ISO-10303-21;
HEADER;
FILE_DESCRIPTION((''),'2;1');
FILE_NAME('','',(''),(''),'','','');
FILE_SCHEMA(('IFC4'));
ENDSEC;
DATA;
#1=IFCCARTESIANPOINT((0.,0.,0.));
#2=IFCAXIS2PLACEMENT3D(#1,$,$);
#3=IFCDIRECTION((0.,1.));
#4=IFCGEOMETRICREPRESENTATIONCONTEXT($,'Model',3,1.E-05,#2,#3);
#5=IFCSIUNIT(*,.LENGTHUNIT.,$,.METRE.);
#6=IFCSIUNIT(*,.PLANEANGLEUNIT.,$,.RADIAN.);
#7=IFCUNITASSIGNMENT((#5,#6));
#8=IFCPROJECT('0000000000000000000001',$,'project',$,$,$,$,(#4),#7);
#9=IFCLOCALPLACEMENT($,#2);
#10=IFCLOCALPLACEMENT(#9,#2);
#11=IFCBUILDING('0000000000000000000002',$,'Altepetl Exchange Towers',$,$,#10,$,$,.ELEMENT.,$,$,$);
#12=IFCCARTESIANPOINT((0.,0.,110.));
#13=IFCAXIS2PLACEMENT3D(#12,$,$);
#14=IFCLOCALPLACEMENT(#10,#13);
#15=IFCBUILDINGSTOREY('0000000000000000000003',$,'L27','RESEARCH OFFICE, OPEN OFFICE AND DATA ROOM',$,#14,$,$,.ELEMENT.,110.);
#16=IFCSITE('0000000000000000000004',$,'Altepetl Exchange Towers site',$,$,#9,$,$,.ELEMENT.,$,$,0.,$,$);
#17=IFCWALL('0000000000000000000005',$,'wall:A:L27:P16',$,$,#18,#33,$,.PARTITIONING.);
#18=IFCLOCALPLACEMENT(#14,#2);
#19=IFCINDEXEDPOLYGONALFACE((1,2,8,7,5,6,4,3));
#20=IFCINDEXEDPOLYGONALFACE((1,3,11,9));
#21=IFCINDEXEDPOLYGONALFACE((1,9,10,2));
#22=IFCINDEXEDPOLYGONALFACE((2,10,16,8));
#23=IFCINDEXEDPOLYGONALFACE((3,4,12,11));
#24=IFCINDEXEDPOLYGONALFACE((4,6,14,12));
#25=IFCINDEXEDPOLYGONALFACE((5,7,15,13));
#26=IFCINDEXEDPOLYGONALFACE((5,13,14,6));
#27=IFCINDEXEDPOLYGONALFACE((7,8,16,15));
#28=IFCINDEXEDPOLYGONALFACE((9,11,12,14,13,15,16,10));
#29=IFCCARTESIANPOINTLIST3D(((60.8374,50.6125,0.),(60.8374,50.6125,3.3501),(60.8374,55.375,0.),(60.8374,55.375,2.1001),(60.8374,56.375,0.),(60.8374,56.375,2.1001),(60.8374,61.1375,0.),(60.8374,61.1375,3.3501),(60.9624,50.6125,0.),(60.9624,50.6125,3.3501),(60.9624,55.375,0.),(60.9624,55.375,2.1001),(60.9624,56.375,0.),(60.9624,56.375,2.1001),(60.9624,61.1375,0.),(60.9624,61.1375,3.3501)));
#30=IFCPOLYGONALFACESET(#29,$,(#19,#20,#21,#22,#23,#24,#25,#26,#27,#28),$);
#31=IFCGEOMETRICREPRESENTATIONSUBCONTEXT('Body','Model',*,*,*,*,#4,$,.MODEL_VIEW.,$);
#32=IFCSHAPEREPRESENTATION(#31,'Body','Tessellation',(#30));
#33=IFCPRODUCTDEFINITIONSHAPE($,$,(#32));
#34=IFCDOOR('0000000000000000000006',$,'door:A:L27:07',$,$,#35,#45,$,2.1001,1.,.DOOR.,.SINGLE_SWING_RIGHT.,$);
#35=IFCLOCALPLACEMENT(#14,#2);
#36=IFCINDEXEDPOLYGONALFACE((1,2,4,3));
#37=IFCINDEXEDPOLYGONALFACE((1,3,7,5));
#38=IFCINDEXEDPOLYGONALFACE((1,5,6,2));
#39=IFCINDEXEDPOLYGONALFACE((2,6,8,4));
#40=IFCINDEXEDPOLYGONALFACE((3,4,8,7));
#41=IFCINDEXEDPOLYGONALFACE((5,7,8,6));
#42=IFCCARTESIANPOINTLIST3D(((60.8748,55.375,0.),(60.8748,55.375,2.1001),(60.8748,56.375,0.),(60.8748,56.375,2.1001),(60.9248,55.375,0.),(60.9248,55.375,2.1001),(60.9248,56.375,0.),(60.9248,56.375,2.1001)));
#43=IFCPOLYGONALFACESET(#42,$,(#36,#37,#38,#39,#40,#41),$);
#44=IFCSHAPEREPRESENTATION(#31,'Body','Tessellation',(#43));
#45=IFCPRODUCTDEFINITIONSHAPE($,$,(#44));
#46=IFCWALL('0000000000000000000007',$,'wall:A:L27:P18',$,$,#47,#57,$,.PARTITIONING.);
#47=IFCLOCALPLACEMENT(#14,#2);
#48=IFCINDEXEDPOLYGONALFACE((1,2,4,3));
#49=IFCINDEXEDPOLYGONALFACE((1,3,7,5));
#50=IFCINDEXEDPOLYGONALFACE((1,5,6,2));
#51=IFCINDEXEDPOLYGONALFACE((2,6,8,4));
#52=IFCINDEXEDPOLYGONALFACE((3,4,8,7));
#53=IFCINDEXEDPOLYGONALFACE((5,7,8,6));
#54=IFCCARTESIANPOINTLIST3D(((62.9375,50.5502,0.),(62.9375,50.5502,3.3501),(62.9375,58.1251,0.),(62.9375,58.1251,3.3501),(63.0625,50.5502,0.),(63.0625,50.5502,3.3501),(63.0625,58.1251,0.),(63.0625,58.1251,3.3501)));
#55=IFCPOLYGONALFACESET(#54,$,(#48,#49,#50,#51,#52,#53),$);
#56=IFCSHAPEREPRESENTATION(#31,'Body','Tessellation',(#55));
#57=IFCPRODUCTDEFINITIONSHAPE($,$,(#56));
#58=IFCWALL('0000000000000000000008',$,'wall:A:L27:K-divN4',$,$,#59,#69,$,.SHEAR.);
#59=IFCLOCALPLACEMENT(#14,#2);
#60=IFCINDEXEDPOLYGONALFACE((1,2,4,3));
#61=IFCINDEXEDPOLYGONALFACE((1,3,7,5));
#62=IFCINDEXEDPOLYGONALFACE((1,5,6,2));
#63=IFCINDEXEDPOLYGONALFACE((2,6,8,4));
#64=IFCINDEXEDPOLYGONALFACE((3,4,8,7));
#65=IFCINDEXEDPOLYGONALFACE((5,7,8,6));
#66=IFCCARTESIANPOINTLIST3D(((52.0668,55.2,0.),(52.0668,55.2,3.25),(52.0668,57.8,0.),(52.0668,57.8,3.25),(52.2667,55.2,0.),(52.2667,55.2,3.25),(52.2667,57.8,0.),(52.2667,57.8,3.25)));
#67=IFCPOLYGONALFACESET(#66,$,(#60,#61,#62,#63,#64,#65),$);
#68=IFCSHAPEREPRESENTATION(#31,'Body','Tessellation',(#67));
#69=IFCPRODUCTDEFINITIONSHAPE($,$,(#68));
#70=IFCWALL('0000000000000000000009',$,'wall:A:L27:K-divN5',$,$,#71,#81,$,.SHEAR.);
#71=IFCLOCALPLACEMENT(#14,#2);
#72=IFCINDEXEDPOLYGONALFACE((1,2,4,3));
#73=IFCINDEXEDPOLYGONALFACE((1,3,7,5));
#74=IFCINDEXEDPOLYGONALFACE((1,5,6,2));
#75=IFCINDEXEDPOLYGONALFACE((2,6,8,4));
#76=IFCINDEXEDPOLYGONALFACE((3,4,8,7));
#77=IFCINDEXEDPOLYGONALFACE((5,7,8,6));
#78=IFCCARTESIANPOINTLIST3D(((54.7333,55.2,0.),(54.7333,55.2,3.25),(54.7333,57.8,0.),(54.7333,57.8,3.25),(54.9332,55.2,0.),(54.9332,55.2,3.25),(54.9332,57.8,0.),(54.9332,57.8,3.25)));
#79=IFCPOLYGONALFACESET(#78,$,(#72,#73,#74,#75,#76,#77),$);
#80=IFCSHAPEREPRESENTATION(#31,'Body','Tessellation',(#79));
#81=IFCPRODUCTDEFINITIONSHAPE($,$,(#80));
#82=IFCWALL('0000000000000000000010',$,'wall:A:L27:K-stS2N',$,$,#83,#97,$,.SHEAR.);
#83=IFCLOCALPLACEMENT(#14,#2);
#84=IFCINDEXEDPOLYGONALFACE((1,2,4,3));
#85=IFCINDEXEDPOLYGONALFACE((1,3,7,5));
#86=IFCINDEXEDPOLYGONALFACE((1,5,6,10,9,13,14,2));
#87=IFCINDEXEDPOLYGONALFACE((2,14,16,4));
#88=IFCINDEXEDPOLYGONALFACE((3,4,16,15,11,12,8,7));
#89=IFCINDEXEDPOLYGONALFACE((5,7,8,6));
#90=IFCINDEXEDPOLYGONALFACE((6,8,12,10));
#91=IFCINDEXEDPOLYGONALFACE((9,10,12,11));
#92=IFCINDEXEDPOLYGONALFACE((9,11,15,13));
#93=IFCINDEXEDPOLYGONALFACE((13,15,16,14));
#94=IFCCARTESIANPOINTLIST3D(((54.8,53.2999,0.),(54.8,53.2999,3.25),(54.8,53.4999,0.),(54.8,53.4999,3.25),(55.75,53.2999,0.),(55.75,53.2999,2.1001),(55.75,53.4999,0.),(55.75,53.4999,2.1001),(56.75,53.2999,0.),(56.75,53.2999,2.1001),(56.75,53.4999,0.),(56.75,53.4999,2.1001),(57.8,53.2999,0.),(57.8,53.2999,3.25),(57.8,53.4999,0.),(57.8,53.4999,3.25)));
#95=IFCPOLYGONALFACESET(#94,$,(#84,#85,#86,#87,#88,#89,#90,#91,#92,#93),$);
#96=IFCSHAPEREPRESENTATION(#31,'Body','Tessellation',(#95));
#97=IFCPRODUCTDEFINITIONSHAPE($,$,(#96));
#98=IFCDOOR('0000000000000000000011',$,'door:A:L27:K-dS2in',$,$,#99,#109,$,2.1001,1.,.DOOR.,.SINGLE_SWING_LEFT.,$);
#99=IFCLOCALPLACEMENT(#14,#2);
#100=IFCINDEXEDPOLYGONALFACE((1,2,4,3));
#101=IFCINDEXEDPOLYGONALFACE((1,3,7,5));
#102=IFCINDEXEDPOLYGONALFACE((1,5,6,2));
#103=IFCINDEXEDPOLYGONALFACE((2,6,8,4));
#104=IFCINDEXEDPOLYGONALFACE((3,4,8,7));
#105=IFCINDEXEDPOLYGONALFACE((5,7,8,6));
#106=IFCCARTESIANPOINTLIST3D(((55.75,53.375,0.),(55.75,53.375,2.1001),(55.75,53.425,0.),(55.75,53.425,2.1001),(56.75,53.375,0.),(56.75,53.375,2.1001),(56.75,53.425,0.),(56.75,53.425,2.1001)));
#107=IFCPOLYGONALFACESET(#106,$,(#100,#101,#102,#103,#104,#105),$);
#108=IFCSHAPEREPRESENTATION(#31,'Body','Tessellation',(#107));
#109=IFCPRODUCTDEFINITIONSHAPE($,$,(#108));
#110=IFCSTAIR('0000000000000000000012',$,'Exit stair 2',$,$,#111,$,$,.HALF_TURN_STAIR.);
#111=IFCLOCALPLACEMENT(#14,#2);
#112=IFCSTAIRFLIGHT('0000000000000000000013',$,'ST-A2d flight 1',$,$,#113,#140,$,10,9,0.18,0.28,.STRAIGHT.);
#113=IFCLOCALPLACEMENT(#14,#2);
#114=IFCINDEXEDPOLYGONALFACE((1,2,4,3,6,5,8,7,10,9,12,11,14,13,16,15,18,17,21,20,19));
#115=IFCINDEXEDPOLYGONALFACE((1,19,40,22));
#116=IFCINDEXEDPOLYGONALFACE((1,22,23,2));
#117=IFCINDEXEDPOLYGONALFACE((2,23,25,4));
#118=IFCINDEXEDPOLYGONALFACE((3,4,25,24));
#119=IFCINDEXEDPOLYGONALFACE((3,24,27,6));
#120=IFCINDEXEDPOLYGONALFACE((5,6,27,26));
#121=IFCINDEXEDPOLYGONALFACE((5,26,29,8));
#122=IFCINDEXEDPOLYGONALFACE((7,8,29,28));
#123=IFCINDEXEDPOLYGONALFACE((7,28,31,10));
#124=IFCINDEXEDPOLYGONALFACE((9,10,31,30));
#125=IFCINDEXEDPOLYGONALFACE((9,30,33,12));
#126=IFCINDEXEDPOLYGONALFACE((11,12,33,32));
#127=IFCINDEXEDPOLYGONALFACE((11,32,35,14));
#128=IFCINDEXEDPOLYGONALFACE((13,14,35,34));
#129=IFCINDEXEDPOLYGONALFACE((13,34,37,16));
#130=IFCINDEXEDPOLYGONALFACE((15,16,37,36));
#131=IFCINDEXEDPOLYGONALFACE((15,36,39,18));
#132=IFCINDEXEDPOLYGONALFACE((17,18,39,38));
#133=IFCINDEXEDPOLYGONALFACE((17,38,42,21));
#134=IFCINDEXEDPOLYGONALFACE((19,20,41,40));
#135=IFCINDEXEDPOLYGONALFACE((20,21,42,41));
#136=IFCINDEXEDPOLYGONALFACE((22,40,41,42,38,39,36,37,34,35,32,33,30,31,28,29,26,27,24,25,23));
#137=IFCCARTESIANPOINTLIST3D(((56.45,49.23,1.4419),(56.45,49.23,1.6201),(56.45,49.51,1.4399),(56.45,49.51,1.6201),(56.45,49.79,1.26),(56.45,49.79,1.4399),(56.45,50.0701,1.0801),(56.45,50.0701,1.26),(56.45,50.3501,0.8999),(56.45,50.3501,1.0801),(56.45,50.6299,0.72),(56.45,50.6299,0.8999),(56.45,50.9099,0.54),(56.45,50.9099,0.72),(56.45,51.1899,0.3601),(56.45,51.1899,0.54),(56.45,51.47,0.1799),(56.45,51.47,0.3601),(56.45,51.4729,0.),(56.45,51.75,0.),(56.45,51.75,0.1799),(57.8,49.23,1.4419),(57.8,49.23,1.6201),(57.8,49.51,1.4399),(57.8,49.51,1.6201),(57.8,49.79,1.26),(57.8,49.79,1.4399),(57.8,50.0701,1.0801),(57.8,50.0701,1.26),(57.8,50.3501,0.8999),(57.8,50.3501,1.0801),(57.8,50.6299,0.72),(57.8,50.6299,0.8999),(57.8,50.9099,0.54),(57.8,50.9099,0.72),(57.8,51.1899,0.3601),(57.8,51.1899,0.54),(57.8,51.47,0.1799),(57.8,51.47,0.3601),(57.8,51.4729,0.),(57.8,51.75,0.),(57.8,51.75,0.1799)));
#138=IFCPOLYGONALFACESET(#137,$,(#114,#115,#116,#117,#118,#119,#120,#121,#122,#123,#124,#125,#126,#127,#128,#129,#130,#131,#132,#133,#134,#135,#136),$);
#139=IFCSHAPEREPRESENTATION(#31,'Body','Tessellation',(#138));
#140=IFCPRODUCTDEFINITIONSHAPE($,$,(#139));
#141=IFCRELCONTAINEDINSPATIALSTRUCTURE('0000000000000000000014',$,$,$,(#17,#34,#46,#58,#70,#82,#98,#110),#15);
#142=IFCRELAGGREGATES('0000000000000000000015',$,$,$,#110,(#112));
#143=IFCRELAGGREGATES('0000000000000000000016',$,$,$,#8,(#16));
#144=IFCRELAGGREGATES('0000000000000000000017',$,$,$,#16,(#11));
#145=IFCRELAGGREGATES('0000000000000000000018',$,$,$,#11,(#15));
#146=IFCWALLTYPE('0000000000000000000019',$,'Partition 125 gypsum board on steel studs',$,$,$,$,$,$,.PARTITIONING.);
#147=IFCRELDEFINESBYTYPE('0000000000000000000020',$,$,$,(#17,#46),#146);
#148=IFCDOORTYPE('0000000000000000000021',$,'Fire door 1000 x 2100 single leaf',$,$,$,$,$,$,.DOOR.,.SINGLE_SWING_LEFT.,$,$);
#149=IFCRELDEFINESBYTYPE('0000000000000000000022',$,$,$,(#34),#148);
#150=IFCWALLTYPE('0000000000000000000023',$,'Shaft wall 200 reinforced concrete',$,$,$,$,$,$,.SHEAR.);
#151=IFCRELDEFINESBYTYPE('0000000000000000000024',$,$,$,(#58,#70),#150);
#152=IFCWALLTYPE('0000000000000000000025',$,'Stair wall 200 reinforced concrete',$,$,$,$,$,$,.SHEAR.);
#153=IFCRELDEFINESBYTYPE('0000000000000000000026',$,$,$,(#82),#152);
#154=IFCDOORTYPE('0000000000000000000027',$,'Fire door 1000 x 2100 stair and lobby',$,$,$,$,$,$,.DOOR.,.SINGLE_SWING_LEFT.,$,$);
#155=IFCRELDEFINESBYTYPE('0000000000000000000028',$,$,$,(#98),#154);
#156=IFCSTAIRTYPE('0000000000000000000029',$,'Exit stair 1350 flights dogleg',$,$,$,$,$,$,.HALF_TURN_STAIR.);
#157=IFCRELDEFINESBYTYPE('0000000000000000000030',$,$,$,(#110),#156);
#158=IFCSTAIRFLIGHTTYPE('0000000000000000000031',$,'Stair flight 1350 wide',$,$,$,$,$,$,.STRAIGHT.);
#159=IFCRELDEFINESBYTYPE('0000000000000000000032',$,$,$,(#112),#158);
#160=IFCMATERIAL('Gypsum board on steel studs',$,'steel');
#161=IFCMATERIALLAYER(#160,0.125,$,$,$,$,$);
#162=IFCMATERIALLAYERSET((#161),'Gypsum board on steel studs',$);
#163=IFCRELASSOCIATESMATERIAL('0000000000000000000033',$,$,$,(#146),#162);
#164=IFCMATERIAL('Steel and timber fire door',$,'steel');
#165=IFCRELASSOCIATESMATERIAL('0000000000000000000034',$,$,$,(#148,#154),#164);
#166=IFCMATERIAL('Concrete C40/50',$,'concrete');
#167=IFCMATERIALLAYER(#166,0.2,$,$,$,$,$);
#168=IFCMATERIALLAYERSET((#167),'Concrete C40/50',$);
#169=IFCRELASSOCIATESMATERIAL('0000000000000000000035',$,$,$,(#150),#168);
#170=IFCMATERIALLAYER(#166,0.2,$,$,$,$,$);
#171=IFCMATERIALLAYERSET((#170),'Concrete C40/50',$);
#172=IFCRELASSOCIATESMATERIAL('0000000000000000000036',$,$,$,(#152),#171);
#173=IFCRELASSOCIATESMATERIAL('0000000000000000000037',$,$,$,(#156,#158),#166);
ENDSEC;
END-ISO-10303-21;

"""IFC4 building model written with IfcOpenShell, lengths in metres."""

from ifc_helpers import new_model, si_unit, direction, frame, frame_2d, origin, place, context, subcontext, project, spatial, polyline, rectangle, outline, extrude, material, layer, layer_set, type_object, element, fill, aggregate, save


model = new_model("IFC4")

# Units and contexts
model_context = context("Model", 3, precision=1e-05, world=origin(), true_north=direction((0.0, 1.0)))
body_context = subcontext(model_context, "Body", "Model", "MODEL_VIEW")
ifc_project = project(units=[si_unit("LENGTHUNIT", "METRE"), si_unit("PLANEANGLEUNIT", "RADIAN")], contexts=[model_context])

# Site, building, storey
site_placement = place(None, origin())
site = spatial("IfcSite", under=ifc_project, at=site_placement, Name="Altepetl Exchange Towers site", CompositionType="ELEMENT", RefElevation=0.0)
building_placement = place(site_placement, origin())
building = spatial("IfcBuilding", under=site, at=building_placement, Name="Altepetl Exchange Towers", CompositionType="ELEMENT")
storey_placement = place(building_placement, frame((0.0, 0.0, 110.0)))
storey = spatial("IfcBuildingStorey", under=building, at=storey_placement, Name="L27", Description="RESEARCH OFFICE, OPEN OFFICE AND DATA ROOM", CompositionType="ELEMENT", Elevation=110.0)

# Wall, opening, door
ifc_material_1 = material(Name="Gypsum board on steel studs", Category="steel")
ifc_layer_1 = layer(ifc_material_1, 0.125)
ifc_layer_set_1 = layer_set([ifc_layer_1], Name="Gypsum board on steel studs")
wall_type_1 = type_object("IfcWallType", Name="Partition 125 gypsum board on steel studs", PredefinedType="PARTITIONING", material=ifc_layer_set_1)
ifc_material_2 = material(Name="Steel and timber fire door", Category="steel")
wall_1_placement = place(storey_placement, frame((60.8999, 50.6125, 0.0), z_axis=(0.0, 0.0, 1.0), x_axis=(0.0, 1.0, 0.0)))
wall_1 = element("IfcWall", 1, at=wall_1_placement, inside=storey, type_object=wall_type_1, Name="wall:A:L27:P16", PredefinedType="PARTITIONING", context=body_context, shape_type="SweptSolid", body=[
    extrude(rectangle(XDim=10.5249, YDim=0.125, at=frame_2d((5.2625, 0.0))), origin(), (0.0, 0.0, 1.0), 3.3501),
])
opening_1_placement = place(wall_1_placement, frame((4.7625, 0.0, 0.0)))
opening_1 = element("IfcOpeningElement", 2, at=opening_1_placement, cuts=wall_1, PredefinedType="OPENING", context=body_context, shape_type="SweptSolid", body=[
    extrude(rectangle(XDim=1.0, YDim=2.1001, at=frame_2d((0.5, 1.05))), frame((0.0, 0.0725, 0.0), z_axis=(0.0, -1.0, 0.0), x_axis=(1.0, 0.0, 0.0)), (0.0, 0.0, 1.0), 0.145),
])
door_type_1 = type_object("IfcDoorType", Name="Fire door 1000 x 2100 single leaf", OperationType="SINGLE_SWING_LEFT", PredefinedType="DOOR", material=ifc_material_2)
door_1_placement = place(opening_1_placement, frame((1.0, 0.0, 0.0), x_axis=(-1.0, 0.0, 0.0)))
door_1 = element("IfcDoor", 3, at=door_1_placement, inside=storey, type_object=door_type_1, Name="door:A:L27:07", OperationType="SINGLE_SWING_RIGHT", OverallHeight=2.1001, OverallWidth=1.0, PredefinedType="DOOR", context=body_context, shape_type="SweptSolid", body=[
    extrude(rectangle(XDim=1.0, YDim=2.1001, at=frame_2d((0.5, 1.05))), frame((0.0, 0.0249, 0.0), z_axis=(0.0, -1.0, 0.0), x_axis=(1.0, 0.0, 0.0)), (0.0, 0.0, 1.0), 0.05),
])
fill(opening_1, door_1)

# Walls
wall_2_placement = place(storey_placement, frame((63.0, 50.55, 0.0), z_axis=(0.0, 0.0, 1.0), x_axis=(0.0, 1.0, 0.0)))
element("IfcWall", 4, at=wall_2_placement, inside=storey, type_object=wall_type_1, Name="wall:A:L27:P18", PredefinedType="PARTITIONING", context=body_context, shape_type="SweptSolid", body=[
    extrude(rectangle(XDim=7.575, YDim=0.125, at=frame_2d((3.7876, 0.0))), origin(), (0.0, 0.0, 1.0), 3.3501),
])
ifc_material_3 = material(Name="Concrete C40/50", Category="concrete")
ifc_layer_2 = layer(ifc_material_3, 0.2)
ifc_layer_set_2 = layer_set([ifc_layer_2], Name="Concrete C40/50")
wall_type_2 = type_object("IfcWallType", Name="Shaft wall 200 reinforced concrete", PredefinedType="SHEAR", material=ifc_layer_set_2)
for number, where, z_axis, x_axis, name in (
    (5, (52.1667, 57.8, 0.0), (0.0, 0.0, 1.0), (0.0, -1.0, 0.0), "wall:A:L27:K-divN4"),
    (6, (54.8333, 57.8, 0.0), (0.0, 0.0, 1.0), (0.0, -1.0, 0.0), "wall:A:L27:K-divN5"),
):
    element("IfcWall", number, at=place(storey_placement, frame(where, z_axis=z_axis, x_axis=x_axis)), inside=storey, type_object=wall_type_2, Name=name, PredefinedType="SHEAR", context=body_context, shape_type="SweptSolid", body=[
        extrude(rectangle(XDim=2.6001, YDim=0.2, at=frame_2d((1.3, 0.0))), origin(), (0.0, 0.0, 1.0), 3.25),
    ])

# Wall, opening, door
ifc_layer_3 = layer(ifc_material_3, 0.2)
ifc_layer_set_3 = layer_set([ifc_layer_3], Name="Concrete C40/50")
wall_type_3 = type_object("IfcWallType", Name="Stair wall 200 reinforced concrete", PredefinedType="SHEAR", material=ifc_layer_set_3)
wall_3_placement = place(storey_placement, frame((54.8, 53.3999, 0.0)))
wall_3 = element("IfcWall", 7, at=wall_3_placement, inside=storey, type_object=wall_type_3, Name="wall:A:L27:K-stS2N", PredefinedType="SHEAR", context=body_context, shape_type="SweptSolid", body=[
    extrude(rectangle(XDim=3.0, YDim=0.2, at=frame_2d((1.5, 0.0))), origin(), (0.0, 0.0, 1.0), 3.25),
])
opening_2_placement = place(wall_3_placement, frame((0.95, 0.0, 0.0)))
opening_2 = element("IfcOpeningElement", 8, at=opening_2_placement, cuts=wall_3, PredefinedType="OPENING", context=body_context, shape_type="SweptSolid", body=[
    extrude(rectangle(XDim=1.0, YDim=2.1001, at=frame_2d((0.5, 1.05))), frame((0.0, 0.1099, 0.0), z_axis=(0.0, -1.0, 0.0), x_axis=(1.0, 0.0, 0.0)), (0.0, 0.0, 1.0), 0.22),
])
door_type_2 = type_object("IfcDoorType", Name="Fire door 1000 x 2100 stair and lobby", OperationType="SINGLE_SWING_LEFT", PredefinedType="DOOR", material=ifc_material_2)
door_2_placement = place(opening_2_placement, frame((1.0, 0.0, 0.0), x_axis=(-1.0, 0.0, 0.0)))
door_2 = element("IfcDoor", 9, at=door_2_placement, inside=storey, type_object=door_type_2, Name="door:A:L27:K-dS2in", OperationType="SINGLE_SWING_LEFT", OverallHeight=2.1001, OverallWidth=1.0, PredefinedType="DOOR", context=body_context, shape_type="SweptSolid", body=[
    extrude(rectangle(XDim=1.0, YDim=2.1001, at=frame_2d((0.5, 1.05))), frame((0.0, 0.0249, 0.0), z_axis=(0.0, -1.0, 0.0), x_axis=(1.0, 0.0, 0.0)), (0.0, 0.0, 1.0), 0.05),
])
fill(opening_2, door_2)

# Stair, stair flight
stair_type = type_object("IfcStairType", Name="Exit stair 1350 flights dogleg", PredefinedType="HALF_TURN_STAIR", material=ifc_material_3)
stair_placement = place(storey_placement, origin())
stair = element("IfcStair", 10, at=stair_placement, inside=storey, type_object=stair_type, Name="Exit stair 2", PredefinedType="HALF_TURN_STAIR")
stair_flight_type = type_object("IfcStairFlightType", Name="Stair flight 1350 wide", PredefinedType="STRAIGHT", material=ifc_material_3)
stair_flight_placement = place(storey_placement, frame((57.125, 51.75, 0.0), z_axis=(0.0, 0.0, 1.0), x_axis=(0.0, -1.0, 0.0)))
stair_flight = element("IfcStairFlight", 11, at=stair_flight_placement, type_object=stair_flight_type, Name="ST-A2d flight 1", NumberOfRisers=10, NumberOfTreads=9, PredefinedType="STRAIGHT", RiserHeight=0.18, TreadLength=0.28, context=body_context, shape_type="SweptSolid", body=[
    extrude(outline(polyline([(0.0, 0.0), (0.0, 0.1799), (0.28, 0.1799), (0.28, 0.3601), (0.5601, 0.3601), (0.5601, 0.54), (0.8401, 0.54), (0.8401, 0.72), (1.1201, 0.72), (1.1201, 0.8999), (1.3999, 0.8999), (1.3999, 1.0801), (1.6799, 1.0801), (1.6799, 1.26), (1.96, 1.26), (1.96, 1.4399), (2.24, 1.4399), (2.24, 1.6201), (2.52, 1.6201), (2.52, 1.8), (2.52, 1.4419), (0.2771, 0.0), (0.0, 0.0)])), frame((0.0, 0.675, 0.0), z_axis=(0.0, -1.0, 0.0), x_axis=(1.0, 0.0, 0.0)), (0.0, 0.0, 1.0), 1.3501),
])
aggregate(stair, [stair_flight])

save(model, "model.ifc")
